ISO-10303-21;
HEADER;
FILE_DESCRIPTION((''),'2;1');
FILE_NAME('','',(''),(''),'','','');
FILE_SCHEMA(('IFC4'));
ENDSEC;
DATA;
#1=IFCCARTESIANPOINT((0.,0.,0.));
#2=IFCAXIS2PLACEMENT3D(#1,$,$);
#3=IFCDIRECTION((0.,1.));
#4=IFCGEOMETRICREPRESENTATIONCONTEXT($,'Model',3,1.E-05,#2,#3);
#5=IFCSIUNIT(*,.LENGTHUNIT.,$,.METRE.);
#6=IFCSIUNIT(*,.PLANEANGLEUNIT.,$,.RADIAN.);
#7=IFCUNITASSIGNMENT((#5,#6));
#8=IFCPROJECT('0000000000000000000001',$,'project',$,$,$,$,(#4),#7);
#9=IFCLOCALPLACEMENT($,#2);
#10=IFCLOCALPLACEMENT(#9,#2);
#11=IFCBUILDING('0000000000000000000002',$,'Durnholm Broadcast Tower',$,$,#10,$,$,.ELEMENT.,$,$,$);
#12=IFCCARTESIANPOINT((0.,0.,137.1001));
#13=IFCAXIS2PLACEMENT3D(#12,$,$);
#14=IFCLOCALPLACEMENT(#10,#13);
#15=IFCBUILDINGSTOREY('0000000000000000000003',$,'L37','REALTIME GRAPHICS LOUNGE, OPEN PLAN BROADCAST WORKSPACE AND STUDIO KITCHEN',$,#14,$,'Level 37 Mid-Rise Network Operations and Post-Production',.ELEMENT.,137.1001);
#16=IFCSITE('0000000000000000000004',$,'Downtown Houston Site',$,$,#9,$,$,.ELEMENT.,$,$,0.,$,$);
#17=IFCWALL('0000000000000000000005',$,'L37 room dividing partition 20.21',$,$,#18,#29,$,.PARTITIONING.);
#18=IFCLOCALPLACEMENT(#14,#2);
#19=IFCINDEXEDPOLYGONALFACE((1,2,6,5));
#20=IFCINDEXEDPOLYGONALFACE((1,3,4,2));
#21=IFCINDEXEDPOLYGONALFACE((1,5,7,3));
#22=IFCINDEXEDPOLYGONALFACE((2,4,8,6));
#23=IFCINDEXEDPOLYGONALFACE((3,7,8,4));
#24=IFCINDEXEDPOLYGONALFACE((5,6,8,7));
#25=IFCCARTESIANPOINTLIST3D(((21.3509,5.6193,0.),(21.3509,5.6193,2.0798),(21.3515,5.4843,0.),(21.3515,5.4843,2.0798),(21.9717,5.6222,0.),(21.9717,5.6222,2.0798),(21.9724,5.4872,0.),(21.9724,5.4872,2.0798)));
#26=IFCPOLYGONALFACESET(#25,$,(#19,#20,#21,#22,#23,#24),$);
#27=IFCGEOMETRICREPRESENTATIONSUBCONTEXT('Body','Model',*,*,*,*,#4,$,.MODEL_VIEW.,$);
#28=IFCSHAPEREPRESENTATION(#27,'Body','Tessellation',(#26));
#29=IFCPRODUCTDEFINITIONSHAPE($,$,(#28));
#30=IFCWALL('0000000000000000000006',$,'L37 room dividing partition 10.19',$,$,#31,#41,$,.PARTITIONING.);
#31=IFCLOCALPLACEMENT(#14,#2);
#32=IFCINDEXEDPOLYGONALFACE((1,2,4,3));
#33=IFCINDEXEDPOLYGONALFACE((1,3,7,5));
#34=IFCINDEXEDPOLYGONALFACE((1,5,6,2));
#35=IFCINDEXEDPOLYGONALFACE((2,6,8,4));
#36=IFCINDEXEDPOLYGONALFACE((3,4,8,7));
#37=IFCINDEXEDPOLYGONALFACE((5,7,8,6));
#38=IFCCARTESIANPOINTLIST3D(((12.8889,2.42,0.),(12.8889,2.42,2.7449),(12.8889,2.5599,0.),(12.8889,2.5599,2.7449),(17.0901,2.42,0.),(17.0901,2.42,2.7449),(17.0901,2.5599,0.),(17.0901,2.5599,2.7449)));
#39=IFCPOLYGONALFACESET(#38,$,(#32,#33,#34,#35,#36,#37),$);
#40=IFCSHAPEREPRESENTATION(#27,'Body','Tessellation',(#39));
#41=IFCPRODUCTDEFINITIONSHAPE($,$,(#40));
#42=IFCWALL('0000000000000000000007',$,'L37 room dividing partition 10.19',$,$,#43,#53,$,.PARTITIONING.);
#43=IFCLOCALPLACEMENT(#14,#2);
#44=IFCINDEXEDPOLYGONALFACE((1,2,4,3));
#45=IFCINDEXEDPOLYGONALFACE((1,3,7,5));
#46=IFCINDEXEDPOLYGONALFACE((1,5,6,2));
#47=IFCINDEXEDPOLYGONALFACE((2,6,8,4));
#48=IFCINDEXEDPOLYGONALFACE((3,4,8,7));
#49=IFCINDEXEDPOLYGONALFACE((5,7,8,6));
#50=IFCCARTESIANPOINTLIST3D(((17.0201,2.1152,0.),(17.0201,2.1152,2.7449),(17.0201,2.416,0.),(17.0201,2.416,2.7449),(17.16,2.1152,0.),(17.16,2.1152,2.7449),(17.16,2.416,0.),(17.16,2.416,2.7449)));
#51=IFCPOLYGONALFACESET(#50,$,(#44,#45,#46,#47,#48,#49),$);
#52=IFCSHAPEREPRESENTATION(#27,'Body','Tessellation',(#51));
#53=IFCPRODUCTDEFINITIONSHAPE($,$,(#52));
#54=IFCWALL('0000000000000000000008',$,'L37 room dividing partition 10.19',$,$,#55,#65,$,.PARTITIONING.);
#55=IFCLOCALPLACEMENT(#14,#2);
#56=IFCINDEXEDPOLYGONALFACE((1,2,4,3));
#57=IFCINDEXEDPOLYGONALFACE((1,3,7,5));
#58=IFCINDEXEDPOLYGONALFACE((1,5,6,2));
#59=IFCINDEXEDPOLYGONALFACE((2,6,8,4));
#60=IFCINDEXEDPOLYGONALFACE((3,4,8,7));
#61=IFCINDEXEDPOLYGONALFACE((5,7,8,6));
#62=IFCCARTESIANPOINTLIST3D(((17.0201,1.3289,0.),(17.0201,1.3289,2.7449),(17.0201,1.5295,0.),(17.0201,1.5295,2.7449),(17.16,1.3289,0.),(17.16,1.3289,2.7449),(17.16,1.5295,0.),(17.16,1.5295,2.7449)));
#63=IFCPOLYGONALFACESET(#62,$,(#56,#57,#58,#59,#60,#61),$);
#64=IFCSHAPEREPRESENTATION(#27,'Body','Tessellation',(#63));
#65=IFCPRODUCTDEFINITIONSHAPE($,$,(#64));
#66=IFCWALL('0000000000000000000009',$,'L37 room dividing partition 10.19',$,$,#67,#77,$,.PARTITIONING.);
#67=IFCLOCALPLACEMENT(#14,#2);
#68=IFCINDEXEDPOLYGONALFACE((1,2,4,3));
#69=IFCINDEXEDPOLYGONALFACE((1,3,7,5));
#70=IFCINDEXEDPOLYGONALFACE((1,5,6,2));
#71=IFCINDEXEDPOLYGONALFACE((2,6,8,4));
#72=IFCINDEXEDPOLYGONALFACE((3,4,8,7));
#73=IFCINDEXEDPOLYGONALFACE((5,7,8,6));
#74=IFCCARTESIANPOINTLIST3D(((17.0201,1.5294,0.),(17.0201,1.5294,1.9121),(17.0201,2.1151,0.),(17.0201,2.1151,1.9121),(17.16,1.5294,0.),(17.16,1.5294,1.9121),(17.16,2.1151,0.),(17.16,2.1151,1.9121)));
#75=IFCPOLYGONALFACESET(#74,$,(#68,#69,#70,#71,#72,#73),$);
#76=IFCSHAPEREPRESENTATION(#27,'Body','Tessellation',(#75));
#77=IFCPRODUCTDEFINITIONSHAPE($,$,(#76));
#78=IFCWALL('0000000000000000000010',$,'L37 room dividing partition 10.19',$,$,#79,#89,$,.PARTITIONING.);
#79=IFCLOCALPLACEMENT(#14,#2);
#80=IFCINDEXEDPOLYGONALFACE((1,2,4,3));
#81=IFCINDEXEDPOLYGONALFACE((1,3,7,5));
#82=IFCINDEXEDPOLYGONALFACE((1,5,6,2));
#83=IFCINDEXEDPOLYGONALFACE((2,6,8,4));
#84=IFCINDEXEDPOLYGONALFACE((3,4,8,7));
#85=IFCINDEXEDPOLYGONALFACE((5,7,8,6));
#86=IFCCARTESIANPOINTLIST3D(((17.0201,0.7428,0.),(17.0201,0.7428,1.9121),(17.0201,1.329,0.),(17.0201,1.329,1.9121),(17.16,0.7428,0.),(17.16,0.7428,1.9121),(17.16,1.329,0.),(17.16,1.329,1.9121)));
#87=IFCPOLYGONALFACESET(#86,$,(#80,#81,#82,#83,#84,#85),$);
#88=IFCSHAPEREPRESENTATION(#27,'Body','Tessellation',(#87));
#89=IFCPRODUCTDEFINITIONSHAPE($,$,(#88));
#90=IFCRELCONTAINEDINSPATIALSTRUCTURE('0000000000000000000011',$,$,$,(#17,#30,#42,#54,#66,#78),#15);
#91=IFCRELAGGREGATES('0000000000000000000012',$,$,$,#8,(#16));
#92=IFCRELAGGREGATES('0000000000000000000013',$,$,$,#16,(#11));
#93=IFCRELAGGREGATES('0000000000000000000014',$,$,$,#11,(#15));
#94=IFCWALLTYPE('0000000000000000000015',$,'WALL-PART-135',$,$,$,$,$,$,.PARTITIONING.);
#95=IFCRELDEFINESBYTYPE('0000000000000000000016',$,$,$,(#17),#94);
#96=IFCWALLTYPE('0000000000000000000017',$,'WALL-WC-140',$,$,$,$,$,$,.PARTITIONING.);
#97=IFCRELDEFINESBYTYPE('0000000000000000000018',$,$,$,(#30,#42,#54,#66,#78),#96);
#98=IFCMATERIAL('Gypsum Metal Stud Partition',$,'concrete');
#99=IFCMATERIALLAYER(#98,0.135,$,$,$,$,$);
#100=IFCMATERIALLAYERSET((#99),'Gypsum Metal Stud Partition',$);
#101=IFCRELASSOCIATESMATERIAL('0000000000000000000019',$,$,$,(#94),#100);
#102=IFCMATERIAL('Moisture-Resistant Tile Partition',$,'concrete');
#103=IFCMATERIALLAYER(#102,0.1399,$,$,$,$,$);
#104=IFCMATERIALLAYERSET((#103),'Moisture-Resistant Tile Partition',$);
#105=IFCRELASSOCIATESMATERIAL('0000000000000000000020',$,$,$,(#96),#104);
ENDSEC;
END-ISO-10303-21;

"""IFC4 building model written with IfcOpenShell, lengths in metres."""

from ifc_helpers import new_model, si_unit, direction, frame, frame_2d, origin, place, context, subcontext, project, spatial, rectangle, extrude, material, layer, layer_set, type_object, element, save


model = new_model("IFC4")

# Units and contexts
model_context = context("Model", 3, precision=1e-05, world=origin(), true_north=direction((0.0, 1.0)))
body_context = subcontext(model_context, "Body", "Model", "MODEL_VIEW")
ifc_project = project(units=[si_unit("LENGTHUNIT", "METRE"), si_unit("PLANEANGLEUNIT", "RADIAN")], contexts=[model_context])

# Site, building, storey
site_placement = place(None, origin())
site = spatial("IfcSite", under=ifc_project, at=site_placement, Name="Downtown Houston Site", CompositionType="ELEMENT", RefElevation=0.0)
building_placement = place(site_placement, origin())
building = spatial("IfcBuilding", under=site, at=building_placement, Name="Durnholm Broadcast Tower", CompositionType="ELEMENT")
storey_placement = place(building_placement, frame((0.0, 0.0, 137.1001)))
storey = spatial("IfcBuildingStorey", under=building, at=storey_placement, Name="L37", Description="REALTIME GRAPHICS LOUNGE, OPEN PLAN BROADCAST WORKSPACE AND STUDIO KITCHEN", LongName="Level 37 Mid-Rise Network Operations and Post-Production", CompositionType="ELEMENT", Elevation=137.1001)

# Shared definitions
ifc_material_1 = material(Name="Gypsum Metal Stud Partition", Category="concrete")
ifc_layer_1 = layer(ifc_material_1, 0.135)
ifc_layer_set_1 = layer_set([ifc_layer_1], Name="Gypsum Metal Stud Partition")
wall_type_1 = type_object("IfcWallType", Name="WALL-PART-135", PredefinedType="PARTITIONING", material=ifc_layer_set_1)

# Walls
wall_1_placement = place(storey_placement, frame((21.3511, 5.5518, 0.0), z_axis=(0.0, 0.0, 1.0), x_axis=(0.999989, 0.004719, 0.0)))
element("IfcWall", 1, at=wall_1_placement, inside=storey, type_object=wall_type_1, Name="L37 room dividing partition 20.21", PredefinedType="PARTITIONING", context=body_context, shape_type="SweptSolid", body=[
    extrude(rectangle(XDim=0.6208, YDim=0.135, at=frame_2d((0.3105, 0.0))), origin(), (0.0, 0.0, 1.0), 2.0798),
])
ifc_material_2 = material(Name="Moisture-Resistant Tile Partition", Category="concrete")
ifc_layer_2 = layer(ifc_material_2, 0.1399)
ifc_layer_set_2 = layer_set([ifc_layer_2], Name="Moisture-Resistant Tile Partition")
wall_type_2 = type_object("IfcWallType", Name="WALL-WC-140", PredefinedType="PARTITIONING", material=ifc_layer_set_2)
wall_2_placement = place(storey_placement, frame((12.8889, 2.49, 0.0), z_axis=(0.0, 0.0, 1.0), x_axis=(1.0, 0.0, 0.0)))
element("IfcWall", 2, at=wall_2_placement, inside=storey, type_object=wall_type_2, Name="L37 room dividing partition 10.19", PredefinedType="PARTITIONING", context=body_context, shape_type="SweptSolid", body=[
    extrude(rectangle(XDim=4.2012, YDim=0.1399, at=frame_2d((2.1006, 0.0))), origin(), (0.0, 0.0, 1.0), 2.7449),
])
wall_3_placement = place(storey_placement, frame((17.0901, 2.416, 0.0), z_axis=(0.0, 0.0, 1.0), x_axis=(0.0, -1.0, 0.0)))
element("IfcWall", 3, at=wall_3_placement, inside=storey, type_object=wall_type_2, Name="L37 room dividing partition 10.19", PredefinedType="PARTITIONING", context=body_context, shape_type="SweptSolid", body=[
    extrude(rectangle(XDim=0.3008, YDim=0.1399, at=frame_2d((0.1504, 0.0))), origin(), (0.0, 0.0, 1.0), 2.7449),
])
wall_4_placement = place(storey_placement, frame((17.0901, 1.5295, 0.0), z_axis=(0.0, 0.0, 1.0), x_axis=(0.0, -1.0, 0.0)))
element("IfcWall", 4, at=wall_4_placement, inside=storey, type_object=wall_type_2, Name="L37 room dividing partition 10.19", PredefinedType="PARTITIONING", context=body_context, shape_type="SweptSolid", body=[
    extrude(rectangle(XDim=0.2007, YDim=0.1399, at=frame_2d((0.1003, 0.0))), origin(), (0.0, 0.0, 1.0), 2.7449),
])
wall_5_placement = place(storey_placement, frame((17.0901, 2.1152, 0.0), z_axis=(0.0, 0.0, 1.0), x_axis=(0.0, -1.0, 0.0)))
element("IfcWall", 5, at=wall_5_placement, inside=storey, type_object=wall_type_2, Name="L37 room dividing partition 10.19", PredefinedType="PARTITIONING", context=body_context, shape_type="SweptSolid", body=[
    extrude(rectangle(XDim=0.5857, YDim=0.1399, at=frame_2d((0.293, 0.0))), origin(), (0.0, 0.0, 1.0), 1.9121),
])
wall_6_placement = place(storey_placement, frame((17.0901, 1.3289, 0.0), z_axis=(0.0, 0.0, 1.0), x_axis=(0.0, -1.0, 0.0)))
element("IfcWall", 6, at=wall_6_placement, inside=storey, type_object=wall_type_2, Name="L37 room dividing partition 10.19", PredefinedType="PARTITIONING", context=body_context, shape_type="SweptSolid", body=[
    extrude(rectangle(XDim=0.5862, YDim=0.1399, at=frame_2d((0.293, 0.0))), origin(), (0.0, 0.0, 1.0), 1.9121),
])

save(model, "model.ifc")
